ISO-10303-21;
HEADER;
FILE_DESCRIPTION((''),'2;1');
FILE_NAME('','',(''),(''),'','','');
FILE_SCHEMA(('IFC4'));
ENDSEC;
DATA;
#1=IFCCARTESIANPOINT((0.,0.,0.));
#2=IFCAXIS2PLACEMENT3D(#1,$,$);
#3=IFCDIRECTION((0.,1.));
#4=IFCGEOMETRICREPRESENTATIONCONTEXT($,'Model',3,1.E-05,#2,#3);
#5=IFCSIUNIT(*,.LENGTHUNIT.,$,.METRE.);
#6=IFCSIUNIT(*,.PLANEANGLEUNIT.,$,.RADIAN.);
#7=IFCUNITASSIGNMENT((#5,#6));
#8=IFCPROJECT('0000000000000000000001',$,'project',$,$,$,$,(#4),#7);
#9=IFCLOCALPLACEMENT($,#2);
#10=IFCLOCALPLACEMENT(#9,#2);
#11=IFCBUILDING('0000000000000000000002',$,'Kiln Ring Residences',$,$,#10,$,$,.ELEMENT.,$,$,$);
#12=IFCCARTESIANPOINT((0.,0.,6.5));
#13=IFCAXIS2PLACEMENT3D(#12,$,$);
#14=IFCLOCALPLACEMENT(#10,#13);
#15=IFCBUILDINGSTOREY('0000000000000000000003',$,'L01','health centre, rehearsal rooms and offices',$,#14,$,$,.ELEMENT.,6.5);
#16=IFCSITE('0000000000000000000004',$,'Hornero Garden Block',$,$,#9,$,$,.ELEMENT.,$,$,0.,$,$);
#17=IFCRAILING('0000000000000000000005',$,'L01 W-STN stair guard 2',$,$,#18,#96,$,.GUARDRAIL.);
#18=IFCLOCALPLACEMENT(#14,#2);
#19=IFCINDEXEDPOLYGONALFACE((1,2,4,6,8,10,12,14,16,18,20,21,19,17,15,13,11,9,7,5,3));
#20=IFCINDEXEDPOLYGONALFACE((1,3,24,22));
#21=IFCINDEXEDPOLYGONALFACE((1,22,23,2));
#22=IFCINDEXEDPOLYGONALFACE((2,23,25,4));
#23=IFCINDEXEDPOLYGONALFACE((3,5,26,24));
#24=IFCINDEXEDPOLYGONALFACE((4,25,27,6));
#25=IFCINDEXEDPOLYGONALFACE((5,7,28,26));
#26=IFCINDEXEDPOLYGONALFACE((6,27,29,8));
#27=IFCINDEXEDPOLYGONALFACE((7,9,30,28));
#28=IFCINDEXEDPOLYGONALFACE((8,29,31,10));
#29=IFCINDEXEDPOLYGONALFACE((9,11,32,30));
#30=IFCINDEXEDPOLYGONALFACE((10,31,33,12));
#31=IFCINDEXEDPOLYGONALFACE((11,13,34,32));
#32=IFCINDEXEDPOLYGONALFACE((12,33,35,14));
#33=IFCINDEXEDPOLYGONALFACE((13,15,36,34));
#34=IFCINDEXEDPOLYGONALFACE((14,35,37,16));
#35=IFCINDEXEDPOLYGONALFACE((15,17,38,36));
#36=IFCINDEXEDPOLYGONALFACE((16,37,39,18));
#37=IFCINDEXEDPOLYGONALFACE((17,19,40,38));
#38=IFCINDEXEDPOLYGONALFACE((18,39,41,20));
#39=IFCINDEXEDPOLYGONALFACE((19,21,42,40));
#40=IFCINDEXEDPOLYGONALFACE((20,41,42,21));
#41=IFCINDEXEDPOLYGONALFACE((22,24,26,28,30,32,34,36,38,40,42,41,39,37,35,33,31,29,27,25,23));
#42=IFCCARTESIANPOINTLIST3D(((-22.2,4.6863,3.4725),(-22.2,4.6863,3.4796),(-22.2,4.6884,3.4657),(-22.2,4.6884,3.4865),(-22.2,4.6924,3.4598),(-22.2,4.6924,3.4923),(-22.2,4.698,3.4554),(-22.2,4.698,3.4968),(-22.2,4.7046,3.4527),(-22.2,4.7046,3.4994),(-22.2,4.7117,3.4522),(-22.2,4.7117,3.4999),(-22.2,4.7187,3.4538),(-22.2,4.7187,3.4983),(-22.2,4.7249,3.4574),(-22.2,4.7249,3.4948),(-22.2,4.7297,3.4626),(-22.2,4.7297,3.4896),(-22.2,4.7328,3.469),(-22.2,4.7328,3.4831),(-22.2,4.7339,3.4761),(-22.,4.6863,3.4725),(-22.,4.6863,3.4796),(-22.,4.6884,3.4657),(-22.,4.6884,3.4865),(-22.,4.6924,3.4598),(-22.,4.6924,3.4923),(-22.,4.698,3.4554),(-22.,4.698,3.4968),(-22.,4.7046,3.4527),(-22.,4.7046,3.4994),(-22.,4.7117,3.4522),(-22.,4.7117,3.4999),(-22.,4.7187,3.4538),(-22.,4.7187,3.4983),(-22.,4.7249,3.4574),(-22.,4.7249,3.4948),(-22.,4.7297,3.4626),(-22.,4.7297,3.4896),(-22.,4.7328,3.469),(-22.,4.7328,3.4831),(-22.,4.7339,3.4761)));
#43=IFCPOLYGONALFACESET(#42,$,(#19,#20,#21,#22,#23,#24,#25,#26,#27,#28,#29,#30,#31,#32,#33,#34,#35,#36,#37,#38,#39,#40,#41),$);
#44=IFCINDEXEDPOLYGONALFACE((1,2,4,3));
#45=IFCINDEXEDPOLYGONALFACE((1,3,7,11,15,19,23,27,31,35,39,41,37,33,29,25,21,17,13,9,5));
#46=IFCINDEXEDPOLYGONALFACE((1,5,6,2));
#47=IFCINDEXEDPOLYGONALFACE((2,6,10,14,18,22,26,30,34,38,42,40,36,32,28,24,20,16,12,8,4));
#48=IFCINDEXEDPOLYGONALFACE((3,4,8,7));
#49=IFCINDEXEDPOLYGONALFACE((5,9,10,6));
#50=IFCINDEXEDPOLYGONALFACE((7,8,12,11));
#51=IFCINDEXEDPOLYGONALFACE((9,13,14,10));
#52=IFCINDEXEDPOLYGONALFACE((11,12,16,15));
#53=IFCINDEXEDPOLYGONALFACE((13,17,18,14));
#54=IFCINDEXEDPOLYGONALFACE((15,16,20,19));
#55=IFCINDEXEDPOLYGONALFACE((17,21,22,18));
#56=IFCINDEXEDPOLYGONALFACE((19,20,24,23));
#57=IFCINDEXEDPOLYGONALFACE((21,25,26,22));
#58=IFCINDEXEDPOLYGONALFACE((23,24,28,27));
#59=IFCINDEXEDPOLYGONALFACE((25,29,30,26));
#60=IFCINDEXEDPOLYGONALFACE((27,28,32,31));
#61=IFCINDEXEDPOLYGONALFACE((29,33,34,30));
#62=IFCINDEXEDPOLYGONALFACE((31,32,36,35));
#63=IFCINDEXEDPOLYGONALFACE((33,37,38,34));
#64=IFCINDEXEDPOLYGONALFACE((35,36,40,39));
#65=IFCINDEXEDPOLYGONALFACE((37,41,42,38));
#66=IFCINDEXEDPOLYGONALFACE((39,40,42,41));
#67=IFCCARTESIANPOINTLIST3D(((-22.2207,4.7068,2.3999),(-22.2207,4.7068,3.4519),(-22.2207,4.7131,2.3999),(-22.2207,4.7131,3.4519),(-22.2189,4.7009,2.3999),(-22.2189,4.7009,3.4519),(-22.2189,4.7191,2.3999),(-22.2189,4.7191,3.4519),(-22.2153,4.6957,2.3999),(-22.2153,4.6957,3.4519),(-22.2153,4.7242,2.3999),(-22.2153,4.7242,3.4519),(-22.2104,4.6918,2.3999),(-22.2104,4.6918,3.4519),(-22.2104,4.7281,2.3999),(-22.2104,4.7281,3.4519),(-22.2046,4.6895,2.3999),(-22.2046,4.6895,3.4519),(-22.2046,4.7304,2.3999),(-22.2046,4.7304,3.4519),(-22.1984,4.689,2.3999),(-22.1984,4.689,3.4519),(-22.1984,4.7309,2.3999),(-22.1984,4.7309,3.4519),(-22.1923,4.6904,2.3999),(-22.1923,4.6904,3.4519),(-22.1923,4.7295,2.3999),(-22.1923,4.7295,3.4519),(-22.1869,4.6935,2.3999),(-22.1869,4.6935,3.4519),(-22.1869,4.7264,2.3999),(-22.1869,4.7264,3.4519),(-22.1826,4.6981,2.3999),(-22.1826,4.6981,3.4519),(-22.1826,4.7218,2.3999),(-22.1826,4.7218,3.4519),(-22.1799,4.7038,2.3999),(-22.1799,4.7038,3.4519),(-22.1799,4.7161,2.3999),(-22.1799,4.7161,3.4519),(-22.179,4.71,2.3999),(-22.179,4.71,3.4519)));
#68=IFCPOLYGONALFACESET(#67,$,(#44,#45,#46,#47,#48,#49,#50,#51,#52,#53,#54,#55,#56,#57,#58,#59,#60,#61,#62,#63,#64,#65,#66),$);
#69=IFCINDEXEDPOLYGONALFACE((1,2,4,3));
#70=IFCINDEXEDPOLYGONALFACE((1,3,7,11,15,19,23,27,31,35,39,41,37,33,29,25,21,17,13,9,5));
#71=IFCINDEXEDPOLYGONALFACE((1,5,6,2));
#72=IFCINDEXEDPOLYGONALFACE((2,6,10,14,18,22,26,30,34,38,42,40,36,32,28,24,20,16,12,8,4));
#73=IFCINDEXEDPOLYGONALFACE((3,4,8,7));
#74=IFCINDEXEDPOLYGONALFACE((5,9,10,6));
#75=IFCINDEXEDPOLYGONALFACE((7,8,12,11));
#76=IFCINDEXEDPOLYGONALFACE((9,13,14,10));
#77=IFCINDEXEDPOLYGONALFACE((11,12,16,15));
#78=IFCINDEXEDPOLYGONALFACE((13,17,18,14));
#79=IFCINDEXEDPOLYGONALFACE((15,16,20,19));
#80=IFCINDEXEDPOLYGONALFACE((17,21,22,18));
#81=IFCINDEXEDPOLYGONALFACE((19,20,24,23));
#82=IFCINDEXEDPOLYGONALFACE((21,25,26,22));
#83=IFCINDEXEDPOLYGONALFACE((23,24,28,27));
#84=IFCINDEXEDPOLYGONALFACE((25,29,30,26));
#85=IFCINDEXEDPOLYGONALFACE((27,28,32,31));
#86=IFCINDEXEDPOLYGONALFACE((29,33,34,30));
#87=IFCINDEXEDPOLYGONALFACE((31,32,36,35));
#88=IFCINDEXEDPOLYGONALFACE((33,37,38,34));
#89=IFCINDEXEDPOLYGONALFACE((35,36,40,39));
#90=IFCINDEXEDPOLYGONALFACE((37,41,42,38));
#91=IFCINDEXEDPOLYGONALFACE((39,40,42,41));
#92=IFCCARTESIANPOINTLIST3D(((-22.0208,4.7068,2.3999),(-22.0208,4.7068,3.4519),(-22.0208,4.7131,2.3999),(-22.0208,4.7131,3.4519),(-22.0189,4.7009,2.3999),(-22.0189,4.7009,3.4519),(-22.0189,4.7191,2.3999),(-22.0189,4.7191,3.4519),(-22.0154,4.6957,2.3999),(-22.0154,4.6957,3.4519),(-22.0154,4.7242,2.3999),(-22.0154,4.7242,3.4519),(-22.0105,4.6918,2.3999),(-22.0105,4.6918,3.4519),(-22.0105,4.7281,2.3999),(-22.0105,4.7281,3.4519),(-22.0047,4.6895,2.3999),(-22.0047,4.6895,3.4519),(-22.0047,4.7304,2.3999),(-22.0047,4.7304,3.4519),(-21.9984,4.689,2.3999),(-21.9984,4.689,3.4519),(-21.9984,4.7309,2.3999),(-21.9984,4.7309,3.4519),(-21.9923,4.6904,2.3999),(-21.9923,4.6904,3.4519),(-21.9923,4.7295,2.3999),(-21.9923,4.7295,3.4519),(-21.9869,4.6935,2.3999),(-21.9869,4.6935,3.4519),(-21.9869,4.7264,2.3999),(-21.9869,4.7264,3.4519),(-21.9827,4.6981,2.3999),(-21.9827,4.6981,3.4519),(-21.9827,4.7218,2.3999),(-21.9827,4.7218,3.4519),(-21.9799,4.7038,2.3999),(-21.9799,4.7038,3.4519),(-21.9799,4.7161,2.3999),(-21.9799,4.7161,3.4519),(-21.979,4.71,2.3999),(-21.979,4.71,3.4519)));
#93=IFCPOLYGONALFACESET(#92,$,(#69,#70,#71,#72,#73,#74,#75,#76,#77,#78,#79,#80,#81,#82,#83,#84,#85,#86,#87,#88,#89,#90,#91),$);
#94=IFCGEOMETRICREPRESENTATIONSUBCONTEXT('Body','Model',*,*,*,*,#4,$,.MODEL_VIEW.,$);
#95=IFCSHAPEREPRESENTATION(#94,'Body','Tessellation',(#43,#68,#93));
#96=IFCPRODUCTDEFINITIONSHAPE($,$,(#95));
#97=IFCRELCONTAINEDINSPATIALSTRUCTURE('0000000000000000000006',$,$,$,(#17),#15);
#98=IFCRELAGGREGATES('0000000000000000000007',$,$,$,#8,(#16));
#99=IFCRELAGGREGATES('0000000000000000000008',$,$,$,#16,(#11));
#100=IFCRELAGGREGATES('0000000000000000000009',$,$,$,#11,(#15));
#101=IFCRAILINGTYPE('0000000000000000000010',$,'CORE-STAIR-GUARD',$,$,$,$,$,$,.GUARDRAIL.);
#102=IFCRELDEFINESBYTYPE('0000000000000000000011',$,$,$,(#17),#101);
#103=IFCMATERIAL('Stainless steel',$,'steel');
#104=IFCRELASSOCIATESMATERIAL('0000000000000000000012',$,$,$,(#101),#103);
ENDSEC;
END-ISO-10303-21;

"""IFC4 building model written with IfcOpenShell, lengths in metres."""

from ifc_helpers import new_model, si_unit, direction, frame, origin, origin_2d, place, context, subcontext, project, spatial, circle, extrude, material, type_object, element, save


model = new_model("IFC4")

# Units and contexts
model_context = context("Model", 3, precision=1e-05, world=origin(), true_north=direction((0.0, 1.0)))
body_context = subcontext(model_context, "Body", "Model", "MODEL_VIEW")
ifc_project = project(units=[si_unit("LENGTHUNIT", "METRE"), si_unit("PLANEANGLEUNIT", "RADIAN")], contexts=[model_context])

# Site, building, storey
site_placement = place(None, origin())
site = spatial("IfcSite", under=ifc_project, at=site_placement, Name="Hornero Garden Block", CompositionType="ELEMENT", RefElevation=0.0)
building_placement = place(site_placement, origin())
building = spatial("IfcBuilding", under=site, at=building_placement, Name="Kiln Ring Residences", CompositionType="ELEMENT")
storey_placement = place(building_placement, frame((0.0, 0.0, 6.5)))
storey = spatial("IfcBuildingStorey", under=building, at=storey_placement, Name="L01", Description="health centre, rehearsal rooms and offices", CompositionType="ELEMENT", Elevation=6.5)

# Railing
ifc_material_1 = material(Name="Stainless steel", Category="steel")
railing_type_1 = type_object("IfcRailingType", Name="CORE-STAIR-GUARD", PredefinedType="GUARDRAIL", material=ifc_material_1)
railing_1_placement = place(storey_placement, frame((-22.2, 4.71, 2.3999)))
element("IfcRailing", 1, at=railing_1_placement, inside=storey, type_object=railing_type_1, Name="L01 W-STN stair guard 2", PredefinedType="GUARDRAIL", context=body_context, shape_type="SweptSolid", body=[
    extrude(circle(Radius=0.0239, at=origin_2d()), frame((0.0, 0.0, 1.0762), z_axis=(1.0, 0.0, 0.0), x_axis=(0.0, 1.0, 0.0)), (0.0, 0.0, 1.0), 0.2),
    extrude(circle(Radius=0.021, at=origin_2d()), origin(), (0.0, 0.0, 1.0), 1.052),
    extrude(circle(Radius=0.021, at=origin_2d()), frame((0.2, 0.0, 0.0)), (0.0, 0.0, 1.0), 1.052),
])

save(model, "model.ifc")
